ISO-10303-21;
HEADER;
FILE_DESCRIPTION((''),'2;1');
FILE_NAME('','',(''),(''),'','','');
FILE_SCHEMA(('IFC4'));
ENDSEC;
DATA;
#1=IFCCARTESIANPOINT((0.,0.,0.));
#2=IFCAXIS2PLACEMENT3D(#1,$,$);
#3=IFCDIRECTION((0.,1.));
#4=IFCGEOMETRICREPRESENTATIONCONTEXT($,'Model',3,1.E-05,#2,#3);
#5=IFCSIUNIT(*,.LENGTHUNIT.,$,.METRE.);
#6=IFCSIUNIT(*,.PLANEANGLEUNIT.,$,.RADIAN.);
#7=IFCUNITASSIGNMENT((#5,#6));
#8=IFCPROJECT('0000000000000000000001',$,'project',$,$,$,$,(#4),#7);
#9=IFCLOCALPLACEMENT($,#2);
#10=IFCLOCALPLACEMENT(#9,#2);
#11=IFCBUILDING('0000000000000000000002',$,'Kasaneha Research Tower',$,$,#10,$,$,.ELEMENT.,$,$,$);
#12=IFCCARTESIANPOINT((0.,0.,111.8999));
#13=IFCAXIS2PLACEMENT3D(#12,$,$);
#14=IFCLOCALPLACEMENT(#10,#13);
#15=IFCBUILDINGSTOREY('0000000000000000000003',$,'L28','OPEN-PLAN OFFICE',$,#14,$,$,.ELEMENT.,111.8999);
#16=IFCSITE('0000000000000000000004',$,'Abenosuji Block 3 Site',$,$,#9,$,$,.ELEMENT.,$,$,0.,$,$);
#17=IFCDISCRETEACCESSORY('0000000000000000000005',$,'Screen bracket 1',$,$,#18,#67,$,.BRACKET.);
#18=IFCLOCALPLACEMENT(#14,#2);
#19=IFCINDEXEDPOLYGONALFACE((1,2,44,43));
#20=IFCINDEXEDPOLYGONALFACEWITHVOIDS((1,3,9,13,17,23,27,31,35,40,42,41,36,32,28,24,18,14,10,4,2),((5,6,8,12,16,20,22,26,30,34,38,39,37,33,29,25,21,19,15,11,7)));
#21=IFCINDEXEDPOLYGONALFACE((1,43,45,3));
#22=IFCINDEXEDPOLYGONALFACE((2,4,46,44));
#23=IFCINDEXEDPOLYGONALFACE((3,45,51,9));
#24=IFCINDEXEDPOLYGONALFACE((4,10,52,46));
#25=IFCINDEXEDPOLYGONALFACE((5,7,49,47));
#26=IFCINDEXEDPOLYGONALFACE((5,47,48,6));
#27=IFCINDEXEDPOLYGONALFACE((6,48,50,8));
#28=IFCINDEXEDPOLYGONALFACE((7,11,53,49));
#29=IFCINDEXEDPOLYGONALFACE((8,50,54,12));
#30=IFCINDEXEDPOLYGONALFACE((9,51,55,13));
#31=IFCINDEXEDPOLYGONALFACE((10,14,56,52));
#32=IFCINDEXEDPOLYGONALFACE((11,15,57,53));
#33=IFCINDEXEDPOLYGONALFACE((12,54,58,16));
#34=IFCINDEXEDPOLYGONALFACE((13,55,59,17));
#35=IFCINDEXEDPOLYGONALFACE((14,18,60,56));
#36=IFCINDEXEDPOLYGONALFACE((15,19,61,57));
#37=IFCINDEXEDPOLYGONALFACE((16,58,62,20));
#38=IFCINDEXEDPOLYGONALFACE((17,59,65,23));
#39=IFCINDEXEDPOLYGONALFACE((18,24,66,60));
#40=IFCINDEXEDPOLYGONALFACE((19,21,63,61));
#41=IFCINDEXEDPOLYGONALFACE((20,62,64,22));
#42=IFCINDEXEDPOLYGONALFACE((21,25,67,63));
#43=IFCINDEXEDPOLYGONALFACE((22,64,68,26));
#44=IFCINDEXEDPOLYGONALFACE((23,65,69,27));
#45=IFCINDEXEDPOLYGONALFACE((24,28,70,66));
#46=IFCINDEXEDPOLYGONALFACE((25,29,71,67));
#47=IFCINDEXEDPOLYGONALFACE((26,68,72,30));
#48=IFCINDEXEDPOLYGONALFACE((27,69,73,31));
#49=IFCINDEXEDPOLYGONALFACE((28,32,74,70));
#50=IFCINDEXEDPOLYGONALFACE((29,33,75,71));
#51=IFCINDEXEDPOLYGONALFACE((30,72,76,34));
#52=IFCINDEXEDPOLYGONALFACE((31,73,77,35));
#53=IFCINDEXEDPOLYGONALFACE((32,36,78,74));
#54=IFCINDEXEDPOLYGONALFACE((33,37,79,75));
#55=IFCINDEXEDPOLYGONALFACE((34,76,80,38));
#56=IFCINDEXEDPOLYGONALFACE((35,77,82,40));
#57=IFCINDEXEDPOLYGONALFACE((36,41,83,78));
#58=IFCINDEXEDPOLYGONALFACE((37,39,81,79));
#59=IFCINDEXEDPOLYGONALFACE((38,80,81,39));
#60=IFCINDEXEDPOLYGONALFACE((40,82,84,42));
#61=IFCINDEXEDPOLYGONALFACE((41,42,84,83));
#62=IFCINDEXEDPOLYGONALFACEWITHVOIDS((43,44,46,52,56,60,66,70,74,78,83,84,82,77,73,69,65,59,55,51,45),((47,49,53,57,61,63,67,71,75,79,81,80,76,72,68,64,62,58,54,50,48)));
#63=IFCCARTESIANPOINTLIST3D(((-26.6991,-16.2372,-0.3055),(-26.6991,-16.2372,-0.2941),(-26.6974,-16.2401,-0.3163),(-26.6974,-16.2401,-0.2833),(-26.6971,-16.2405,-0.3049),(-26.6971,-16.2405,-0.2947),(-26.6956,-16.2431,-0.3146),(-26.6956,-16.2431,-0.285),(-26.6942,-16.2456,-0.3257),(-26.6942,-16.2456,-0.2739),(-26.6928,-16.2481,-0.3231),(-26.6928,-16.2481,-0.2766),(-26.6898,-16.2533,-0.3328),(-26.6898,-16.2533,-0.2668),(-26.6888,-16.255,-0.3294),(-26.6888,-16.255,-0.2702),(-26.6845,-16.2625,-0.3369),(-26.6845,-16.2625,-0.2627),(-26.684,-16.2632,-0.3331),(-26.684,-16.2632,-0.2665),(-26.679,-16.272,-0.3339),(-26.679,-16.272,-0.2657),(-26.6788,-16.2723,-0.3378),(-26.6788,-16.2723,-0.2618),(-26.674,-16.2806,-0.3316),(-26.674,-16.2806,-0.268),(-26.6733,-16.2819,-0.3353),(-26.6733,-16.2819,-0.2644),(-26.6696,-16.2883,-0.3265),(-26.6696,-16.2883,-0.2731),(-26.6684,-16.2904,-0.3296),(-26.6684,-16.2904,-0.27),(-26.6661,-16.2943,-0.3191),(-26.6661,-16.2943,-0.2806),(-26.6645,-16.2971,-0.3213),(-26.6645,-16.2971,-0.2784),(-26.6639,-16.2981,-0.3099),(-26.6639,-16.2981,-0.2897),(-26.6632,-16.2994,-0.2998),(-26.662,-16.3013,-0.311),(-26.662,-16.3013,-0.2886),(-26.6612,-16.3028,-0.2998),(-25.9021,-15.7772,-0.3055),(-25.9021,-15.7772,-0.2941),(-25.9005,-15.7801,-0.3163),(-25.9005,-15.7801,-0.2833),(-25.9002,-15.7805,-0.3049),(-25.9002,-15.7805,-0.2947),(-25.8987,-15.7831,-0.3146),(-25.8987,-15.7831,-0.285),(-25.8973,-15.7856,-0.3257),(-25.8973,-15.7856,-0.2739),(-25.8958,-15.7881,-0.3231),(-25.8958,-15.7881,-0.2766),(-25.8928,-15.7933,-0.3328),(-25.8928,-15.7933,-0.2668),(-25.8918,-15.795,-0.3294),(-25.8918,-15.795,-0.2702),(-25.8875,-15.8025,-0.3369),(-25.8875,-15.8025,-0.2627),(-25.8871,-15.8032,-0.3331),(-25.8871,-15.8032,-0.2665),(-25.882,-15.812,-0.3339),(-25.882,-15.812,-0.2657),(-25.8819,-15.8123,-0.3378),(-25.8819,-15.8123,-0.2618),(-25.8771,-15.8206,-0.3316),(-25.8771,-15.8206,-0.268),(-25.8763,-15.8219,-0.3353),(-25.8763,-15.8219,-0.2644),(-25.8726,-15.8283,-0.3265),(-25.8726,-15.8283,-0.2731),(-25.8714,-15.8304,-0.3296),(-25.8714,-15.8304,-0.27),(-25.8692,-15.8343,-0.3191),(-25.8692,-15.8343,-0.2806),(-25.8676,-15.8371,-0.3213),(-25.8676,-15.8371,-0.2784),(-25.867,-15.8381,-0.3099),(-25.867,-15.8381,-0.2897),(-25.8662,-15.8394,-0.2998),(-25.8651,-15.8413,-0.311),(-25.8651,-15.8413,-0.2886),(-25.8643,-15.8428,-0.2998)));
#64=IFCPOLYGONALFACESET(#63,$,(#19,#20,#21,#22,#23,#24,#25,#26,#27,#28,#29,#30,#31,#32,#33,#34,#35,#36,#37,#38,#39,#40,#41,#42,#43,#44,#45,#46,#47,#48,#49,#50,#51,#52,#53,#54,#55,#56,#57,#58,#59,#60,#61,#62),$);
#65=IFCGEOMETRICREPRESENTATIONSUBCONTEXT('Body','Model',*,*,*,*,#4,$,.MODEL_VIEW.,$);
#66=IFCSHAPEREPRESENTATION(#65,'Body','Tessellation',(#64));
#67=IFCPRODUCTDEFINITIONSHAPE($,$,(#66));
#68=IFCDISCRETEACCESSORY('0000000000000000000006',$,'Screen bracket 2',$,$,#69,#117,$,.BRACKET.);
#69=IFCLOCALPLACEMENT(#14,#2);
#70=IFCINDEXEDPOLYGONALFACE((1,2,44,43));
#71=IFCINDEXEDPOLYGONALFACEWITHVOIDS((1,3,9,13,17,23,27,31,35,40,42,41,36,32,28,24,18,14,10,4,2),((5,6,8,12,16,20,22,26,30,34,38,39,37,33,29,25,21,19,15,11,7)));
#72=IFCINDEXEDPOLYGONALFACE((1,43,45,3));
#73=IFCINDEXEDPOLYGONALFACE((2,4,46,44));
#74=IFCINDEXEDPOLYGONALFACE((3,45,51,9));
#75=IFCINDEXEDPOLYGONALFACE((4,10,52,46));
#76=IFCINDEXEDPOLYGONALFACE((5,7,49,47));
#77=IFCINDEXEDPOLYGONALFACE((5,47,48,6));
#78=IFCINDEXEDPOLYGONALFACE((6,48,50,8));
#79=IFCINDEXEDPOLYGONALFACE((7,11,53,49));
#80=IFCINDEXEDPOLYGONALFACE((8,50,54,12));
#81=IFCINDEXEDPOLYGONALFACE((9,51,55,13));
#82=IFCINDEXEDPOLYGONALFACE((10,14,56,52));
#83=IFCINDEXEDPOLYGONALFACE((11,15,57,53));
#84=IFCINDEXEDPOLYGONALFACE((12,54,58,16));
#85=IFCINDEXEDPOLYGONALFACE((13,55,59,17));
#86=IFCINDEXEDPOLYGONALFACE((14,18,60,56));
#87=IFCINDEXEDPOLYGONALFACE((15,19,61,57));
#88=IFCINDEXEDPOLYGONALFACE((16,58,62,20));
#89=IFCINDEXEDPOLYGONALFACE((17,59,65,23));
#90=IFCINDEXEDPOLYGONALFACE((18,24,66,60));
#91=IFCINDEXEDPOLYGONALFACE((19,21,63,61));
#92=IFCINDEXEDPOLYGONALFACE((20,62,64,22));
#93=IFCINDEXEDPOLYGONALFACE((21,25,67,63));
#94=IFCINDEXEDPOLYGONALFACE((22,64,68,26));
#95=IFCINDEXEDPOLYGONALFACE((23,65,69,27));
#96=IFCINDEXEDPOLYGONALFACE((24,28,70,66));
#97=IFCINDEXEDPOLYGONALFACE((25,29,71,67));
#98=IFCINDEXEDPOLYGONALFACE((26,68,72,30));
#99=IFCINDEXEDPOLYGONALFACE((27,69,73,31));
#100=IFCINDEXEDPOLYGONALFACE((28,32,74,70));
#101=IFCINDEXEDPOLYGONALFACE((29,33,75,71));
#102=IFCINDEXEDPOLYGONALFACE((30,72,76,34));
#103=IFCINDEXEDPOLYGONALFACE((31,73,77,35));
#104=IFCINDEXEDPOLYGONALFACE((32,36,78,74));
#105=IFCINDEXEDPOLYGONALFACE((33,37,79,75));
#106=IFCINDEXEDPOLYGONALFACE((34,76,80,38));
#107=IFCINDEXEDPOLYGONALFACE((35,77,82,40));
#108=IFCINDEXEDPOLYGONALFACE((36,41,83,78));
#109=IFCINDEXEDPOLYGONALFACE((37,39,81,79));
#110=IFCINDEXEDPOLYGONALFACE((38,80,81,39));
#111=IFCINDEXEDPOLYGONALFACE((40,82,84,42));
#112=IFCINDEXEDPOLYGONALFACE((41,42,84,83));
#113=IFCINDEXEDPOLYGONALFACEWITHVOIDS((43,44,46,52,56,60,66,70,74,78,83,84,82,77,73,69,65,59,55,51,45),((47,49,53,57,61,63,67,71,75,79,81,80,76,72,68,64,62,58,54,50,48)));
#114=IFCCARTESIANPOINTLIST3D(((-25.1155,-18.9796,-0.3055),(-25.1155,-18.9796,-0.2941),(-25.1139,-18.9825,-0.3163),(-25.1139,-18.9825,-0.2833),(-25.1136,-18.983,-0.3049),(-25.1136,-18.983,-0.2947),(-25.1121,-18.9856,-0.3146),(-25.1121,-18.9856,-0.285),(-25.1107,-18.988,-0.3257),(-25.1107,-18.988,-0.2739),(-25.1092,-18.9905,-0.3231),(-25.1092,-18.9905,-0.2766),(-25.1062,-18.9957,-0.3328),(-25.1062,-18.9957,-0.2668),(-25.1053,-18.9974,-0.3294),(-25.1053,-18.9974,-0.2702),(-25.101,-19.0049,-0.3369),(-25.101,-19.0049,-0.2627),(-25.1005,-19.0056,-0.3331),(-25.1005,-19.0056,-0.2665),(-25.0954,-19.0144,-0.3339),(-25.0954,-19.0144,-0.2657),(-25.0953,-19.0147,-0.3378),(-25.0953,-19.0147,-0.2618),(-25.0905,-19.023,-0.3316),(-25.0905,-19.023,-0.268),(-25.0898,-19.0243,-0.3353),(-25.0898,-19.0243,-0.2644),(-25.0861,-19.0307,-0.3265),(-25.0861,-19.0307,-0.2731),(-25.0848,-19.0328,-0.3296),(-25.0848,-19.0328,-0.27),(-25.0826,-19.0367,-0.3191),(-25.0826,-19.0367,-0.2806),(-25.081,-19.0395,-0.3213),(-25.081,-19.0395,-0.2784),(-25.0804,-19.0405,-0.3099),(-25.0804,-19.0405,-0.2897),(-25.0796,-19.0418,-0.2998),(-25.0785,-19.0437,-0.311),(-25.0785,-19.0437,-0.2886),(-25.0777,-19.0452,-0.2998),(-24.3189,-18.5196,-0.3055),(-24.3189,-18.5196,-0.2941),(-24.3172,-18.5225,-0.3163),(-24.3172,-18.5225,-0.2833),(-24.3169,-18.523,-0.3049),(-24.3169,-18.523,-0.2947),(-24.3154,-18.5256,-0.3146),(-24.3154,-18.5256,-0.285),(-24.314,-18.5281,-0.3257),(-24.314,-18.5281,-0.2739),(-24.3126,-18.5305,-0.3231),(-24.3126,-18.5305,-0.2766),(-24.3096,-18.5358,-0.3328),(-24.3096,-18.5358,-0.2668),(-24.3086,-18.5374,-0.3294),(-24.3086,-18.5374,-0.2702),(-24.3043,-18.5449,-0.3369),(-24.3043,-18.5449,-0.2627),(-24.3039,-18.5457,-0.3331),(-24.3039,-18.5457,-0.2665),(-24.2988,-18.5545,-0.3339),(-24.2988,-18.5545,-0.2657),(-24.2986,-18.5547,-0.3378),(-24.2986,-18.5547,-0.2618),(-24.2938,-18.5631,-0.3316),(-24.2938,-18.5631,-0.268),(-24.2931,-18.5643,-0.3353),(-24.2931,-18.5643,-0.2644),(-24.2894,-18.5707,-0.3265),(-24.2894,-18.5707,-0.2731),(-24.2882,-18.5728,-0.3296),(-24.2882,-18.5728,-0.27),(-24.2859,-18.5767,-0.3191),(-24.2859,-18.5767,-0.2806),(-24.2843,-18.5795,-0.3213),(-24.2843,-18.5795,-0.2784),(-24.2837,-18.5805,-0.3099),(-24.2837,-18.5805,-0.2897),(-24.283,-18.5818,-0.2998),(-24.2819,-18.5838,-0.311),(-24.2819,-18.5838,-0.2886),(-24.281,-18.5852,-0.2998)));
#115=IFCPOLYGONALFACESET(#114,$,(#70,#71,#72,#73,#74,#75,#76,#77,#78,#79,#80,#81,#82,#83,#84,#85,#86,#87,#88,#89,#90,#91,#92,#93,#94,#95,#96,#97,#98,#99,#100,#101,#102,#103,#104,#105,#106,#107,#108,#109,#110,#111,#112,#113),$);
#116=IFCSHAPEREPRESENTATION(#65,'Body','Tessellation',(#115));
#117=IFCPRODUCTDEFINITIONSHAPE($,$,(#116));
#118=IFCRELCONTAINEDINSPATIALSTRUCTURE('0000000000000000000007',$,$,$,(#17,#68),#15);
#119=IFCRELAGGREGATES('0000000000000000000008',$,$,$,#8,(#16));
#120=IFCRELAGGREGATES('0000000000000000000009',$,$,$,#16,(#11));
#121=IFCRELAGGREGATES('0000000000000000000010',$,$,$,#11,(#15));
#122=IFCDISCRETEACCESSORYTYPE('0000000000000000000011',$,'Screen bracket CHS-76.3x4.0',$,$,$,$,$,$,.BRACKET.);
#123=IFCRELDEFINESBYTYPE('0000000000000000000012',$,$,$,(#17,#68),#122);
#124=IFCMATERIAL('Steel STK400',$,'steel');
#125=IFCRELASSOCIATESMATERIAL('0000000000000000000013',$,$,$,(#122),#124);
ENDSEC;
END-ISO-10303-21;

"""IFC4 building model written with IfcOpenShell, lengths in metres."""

from ifc_helpers import new_model, si_unit, direction, frame, origin, origin_2d, place, context, subcontext, project, spatial, hollow_circle, extrude, material, material_profile, profile_set, type_object, element, save


model = new_model("IFC4")

# Units and contexts
model_context = context("Model", 3, precision=1e-05, world=origin(), true_north=direction((0.0, 1.0)))
body_context = subcontext(model_context, "Body", "Model", "MODEL_VIEW")
ifc_project = project(units=[si_unit("LENGTHUNIT", "METRE"), si_unit("PLANEANGLEUNIT", "RADIAN")], contexts=[model_context])

# Site, building, storey
site_placement = place(None, origin())
site = spatial("IfcSite", under=ifc_project, at=site_placement, Name="Abenosuji Block 3 Site", CompositionType="ELEMENT", RefElevation=0.0)
building_placement = place(site_placement, origin())
building = spatial("IfcBuilding", under=site, at=building_placement, Name="Kasaneha Research Tower", CompositionType="ELEMENT")
storey_placement = place(building_placement, frame((0.0, 0.0, 111.8999)))
storey = spatial("IfcBuildingStorey", under=building, at=storey_placement, Name="L28", Description="OPEN-PLAN OFFICE", CompositionType="ELEMENT", Elevation=111.8999)

# Discrete accessories
ifc_material_1 = material(Name="Steel STK400", Category="steel")
ifc_material_profile_1 = material_profile(ifc_material_1, hollow_circle(Radius=0.0381, WallThickness=0.0039, at=origin_2d()), Name="CHS-76.3x4.0")
ifc_profile_set_1 = profile_set([ifc_material_profile_1], Name="Steel STK400")
discrete_accessory_type = type_object("IfcDiscreteAccessoryType", Name="Screen bracket CHS-76.3x4.0", PredefinedType="BRACKET", material=ifc_profile_set_1)
for number, where, z_axis, x_axis, name in (
    (1, (-25.8833, -15.8098, -0.2998), (-0.86608, -0.499906, 0.0), (0.499906, -0.86608, 0.0), "Screen bracket 1"),
):
    element("IfcDiscreteAccessory", number, at=place(storey_placement, frame(where, z_axis=z_axis, x_axis=x_axis)), inside=storey, type_object=discrete_accessory_type, Name=name, PredefinedType="BRACKET", context=body_context, shape_type="SweptSolid", body=[
        extrude(hollow_circle(Radius=0.0381, WallThickness=0.0039, at=origin_2d()), origin(), (0.0, 0.0, 1.0), 0.9202),
    ])
discrete_accessory_placement = place(storey_placement, frame((-24.3, -18.5522, -0.2998), z_axis=(-0.866013, -0.500021, 0.0), x_axis=(0.500021, -0.866013, 0.0)))
element("IfcDiscreteAccessory", 2, at=discrete_accessory_placement, inside=storey, type_object=discrete_accessory_type, Name="Screen bracket 2", PredefinedType="BRACKET", context=body_context, shape_type="SweptSolid", body=[
    extrude(hollow_circle(Radius=0.0381, WallThickness=0.0039, at=origin_2d()), origin(), (0.0, 0.0, 1.0), 0.9199),
])

save(model, "model.ifc")
